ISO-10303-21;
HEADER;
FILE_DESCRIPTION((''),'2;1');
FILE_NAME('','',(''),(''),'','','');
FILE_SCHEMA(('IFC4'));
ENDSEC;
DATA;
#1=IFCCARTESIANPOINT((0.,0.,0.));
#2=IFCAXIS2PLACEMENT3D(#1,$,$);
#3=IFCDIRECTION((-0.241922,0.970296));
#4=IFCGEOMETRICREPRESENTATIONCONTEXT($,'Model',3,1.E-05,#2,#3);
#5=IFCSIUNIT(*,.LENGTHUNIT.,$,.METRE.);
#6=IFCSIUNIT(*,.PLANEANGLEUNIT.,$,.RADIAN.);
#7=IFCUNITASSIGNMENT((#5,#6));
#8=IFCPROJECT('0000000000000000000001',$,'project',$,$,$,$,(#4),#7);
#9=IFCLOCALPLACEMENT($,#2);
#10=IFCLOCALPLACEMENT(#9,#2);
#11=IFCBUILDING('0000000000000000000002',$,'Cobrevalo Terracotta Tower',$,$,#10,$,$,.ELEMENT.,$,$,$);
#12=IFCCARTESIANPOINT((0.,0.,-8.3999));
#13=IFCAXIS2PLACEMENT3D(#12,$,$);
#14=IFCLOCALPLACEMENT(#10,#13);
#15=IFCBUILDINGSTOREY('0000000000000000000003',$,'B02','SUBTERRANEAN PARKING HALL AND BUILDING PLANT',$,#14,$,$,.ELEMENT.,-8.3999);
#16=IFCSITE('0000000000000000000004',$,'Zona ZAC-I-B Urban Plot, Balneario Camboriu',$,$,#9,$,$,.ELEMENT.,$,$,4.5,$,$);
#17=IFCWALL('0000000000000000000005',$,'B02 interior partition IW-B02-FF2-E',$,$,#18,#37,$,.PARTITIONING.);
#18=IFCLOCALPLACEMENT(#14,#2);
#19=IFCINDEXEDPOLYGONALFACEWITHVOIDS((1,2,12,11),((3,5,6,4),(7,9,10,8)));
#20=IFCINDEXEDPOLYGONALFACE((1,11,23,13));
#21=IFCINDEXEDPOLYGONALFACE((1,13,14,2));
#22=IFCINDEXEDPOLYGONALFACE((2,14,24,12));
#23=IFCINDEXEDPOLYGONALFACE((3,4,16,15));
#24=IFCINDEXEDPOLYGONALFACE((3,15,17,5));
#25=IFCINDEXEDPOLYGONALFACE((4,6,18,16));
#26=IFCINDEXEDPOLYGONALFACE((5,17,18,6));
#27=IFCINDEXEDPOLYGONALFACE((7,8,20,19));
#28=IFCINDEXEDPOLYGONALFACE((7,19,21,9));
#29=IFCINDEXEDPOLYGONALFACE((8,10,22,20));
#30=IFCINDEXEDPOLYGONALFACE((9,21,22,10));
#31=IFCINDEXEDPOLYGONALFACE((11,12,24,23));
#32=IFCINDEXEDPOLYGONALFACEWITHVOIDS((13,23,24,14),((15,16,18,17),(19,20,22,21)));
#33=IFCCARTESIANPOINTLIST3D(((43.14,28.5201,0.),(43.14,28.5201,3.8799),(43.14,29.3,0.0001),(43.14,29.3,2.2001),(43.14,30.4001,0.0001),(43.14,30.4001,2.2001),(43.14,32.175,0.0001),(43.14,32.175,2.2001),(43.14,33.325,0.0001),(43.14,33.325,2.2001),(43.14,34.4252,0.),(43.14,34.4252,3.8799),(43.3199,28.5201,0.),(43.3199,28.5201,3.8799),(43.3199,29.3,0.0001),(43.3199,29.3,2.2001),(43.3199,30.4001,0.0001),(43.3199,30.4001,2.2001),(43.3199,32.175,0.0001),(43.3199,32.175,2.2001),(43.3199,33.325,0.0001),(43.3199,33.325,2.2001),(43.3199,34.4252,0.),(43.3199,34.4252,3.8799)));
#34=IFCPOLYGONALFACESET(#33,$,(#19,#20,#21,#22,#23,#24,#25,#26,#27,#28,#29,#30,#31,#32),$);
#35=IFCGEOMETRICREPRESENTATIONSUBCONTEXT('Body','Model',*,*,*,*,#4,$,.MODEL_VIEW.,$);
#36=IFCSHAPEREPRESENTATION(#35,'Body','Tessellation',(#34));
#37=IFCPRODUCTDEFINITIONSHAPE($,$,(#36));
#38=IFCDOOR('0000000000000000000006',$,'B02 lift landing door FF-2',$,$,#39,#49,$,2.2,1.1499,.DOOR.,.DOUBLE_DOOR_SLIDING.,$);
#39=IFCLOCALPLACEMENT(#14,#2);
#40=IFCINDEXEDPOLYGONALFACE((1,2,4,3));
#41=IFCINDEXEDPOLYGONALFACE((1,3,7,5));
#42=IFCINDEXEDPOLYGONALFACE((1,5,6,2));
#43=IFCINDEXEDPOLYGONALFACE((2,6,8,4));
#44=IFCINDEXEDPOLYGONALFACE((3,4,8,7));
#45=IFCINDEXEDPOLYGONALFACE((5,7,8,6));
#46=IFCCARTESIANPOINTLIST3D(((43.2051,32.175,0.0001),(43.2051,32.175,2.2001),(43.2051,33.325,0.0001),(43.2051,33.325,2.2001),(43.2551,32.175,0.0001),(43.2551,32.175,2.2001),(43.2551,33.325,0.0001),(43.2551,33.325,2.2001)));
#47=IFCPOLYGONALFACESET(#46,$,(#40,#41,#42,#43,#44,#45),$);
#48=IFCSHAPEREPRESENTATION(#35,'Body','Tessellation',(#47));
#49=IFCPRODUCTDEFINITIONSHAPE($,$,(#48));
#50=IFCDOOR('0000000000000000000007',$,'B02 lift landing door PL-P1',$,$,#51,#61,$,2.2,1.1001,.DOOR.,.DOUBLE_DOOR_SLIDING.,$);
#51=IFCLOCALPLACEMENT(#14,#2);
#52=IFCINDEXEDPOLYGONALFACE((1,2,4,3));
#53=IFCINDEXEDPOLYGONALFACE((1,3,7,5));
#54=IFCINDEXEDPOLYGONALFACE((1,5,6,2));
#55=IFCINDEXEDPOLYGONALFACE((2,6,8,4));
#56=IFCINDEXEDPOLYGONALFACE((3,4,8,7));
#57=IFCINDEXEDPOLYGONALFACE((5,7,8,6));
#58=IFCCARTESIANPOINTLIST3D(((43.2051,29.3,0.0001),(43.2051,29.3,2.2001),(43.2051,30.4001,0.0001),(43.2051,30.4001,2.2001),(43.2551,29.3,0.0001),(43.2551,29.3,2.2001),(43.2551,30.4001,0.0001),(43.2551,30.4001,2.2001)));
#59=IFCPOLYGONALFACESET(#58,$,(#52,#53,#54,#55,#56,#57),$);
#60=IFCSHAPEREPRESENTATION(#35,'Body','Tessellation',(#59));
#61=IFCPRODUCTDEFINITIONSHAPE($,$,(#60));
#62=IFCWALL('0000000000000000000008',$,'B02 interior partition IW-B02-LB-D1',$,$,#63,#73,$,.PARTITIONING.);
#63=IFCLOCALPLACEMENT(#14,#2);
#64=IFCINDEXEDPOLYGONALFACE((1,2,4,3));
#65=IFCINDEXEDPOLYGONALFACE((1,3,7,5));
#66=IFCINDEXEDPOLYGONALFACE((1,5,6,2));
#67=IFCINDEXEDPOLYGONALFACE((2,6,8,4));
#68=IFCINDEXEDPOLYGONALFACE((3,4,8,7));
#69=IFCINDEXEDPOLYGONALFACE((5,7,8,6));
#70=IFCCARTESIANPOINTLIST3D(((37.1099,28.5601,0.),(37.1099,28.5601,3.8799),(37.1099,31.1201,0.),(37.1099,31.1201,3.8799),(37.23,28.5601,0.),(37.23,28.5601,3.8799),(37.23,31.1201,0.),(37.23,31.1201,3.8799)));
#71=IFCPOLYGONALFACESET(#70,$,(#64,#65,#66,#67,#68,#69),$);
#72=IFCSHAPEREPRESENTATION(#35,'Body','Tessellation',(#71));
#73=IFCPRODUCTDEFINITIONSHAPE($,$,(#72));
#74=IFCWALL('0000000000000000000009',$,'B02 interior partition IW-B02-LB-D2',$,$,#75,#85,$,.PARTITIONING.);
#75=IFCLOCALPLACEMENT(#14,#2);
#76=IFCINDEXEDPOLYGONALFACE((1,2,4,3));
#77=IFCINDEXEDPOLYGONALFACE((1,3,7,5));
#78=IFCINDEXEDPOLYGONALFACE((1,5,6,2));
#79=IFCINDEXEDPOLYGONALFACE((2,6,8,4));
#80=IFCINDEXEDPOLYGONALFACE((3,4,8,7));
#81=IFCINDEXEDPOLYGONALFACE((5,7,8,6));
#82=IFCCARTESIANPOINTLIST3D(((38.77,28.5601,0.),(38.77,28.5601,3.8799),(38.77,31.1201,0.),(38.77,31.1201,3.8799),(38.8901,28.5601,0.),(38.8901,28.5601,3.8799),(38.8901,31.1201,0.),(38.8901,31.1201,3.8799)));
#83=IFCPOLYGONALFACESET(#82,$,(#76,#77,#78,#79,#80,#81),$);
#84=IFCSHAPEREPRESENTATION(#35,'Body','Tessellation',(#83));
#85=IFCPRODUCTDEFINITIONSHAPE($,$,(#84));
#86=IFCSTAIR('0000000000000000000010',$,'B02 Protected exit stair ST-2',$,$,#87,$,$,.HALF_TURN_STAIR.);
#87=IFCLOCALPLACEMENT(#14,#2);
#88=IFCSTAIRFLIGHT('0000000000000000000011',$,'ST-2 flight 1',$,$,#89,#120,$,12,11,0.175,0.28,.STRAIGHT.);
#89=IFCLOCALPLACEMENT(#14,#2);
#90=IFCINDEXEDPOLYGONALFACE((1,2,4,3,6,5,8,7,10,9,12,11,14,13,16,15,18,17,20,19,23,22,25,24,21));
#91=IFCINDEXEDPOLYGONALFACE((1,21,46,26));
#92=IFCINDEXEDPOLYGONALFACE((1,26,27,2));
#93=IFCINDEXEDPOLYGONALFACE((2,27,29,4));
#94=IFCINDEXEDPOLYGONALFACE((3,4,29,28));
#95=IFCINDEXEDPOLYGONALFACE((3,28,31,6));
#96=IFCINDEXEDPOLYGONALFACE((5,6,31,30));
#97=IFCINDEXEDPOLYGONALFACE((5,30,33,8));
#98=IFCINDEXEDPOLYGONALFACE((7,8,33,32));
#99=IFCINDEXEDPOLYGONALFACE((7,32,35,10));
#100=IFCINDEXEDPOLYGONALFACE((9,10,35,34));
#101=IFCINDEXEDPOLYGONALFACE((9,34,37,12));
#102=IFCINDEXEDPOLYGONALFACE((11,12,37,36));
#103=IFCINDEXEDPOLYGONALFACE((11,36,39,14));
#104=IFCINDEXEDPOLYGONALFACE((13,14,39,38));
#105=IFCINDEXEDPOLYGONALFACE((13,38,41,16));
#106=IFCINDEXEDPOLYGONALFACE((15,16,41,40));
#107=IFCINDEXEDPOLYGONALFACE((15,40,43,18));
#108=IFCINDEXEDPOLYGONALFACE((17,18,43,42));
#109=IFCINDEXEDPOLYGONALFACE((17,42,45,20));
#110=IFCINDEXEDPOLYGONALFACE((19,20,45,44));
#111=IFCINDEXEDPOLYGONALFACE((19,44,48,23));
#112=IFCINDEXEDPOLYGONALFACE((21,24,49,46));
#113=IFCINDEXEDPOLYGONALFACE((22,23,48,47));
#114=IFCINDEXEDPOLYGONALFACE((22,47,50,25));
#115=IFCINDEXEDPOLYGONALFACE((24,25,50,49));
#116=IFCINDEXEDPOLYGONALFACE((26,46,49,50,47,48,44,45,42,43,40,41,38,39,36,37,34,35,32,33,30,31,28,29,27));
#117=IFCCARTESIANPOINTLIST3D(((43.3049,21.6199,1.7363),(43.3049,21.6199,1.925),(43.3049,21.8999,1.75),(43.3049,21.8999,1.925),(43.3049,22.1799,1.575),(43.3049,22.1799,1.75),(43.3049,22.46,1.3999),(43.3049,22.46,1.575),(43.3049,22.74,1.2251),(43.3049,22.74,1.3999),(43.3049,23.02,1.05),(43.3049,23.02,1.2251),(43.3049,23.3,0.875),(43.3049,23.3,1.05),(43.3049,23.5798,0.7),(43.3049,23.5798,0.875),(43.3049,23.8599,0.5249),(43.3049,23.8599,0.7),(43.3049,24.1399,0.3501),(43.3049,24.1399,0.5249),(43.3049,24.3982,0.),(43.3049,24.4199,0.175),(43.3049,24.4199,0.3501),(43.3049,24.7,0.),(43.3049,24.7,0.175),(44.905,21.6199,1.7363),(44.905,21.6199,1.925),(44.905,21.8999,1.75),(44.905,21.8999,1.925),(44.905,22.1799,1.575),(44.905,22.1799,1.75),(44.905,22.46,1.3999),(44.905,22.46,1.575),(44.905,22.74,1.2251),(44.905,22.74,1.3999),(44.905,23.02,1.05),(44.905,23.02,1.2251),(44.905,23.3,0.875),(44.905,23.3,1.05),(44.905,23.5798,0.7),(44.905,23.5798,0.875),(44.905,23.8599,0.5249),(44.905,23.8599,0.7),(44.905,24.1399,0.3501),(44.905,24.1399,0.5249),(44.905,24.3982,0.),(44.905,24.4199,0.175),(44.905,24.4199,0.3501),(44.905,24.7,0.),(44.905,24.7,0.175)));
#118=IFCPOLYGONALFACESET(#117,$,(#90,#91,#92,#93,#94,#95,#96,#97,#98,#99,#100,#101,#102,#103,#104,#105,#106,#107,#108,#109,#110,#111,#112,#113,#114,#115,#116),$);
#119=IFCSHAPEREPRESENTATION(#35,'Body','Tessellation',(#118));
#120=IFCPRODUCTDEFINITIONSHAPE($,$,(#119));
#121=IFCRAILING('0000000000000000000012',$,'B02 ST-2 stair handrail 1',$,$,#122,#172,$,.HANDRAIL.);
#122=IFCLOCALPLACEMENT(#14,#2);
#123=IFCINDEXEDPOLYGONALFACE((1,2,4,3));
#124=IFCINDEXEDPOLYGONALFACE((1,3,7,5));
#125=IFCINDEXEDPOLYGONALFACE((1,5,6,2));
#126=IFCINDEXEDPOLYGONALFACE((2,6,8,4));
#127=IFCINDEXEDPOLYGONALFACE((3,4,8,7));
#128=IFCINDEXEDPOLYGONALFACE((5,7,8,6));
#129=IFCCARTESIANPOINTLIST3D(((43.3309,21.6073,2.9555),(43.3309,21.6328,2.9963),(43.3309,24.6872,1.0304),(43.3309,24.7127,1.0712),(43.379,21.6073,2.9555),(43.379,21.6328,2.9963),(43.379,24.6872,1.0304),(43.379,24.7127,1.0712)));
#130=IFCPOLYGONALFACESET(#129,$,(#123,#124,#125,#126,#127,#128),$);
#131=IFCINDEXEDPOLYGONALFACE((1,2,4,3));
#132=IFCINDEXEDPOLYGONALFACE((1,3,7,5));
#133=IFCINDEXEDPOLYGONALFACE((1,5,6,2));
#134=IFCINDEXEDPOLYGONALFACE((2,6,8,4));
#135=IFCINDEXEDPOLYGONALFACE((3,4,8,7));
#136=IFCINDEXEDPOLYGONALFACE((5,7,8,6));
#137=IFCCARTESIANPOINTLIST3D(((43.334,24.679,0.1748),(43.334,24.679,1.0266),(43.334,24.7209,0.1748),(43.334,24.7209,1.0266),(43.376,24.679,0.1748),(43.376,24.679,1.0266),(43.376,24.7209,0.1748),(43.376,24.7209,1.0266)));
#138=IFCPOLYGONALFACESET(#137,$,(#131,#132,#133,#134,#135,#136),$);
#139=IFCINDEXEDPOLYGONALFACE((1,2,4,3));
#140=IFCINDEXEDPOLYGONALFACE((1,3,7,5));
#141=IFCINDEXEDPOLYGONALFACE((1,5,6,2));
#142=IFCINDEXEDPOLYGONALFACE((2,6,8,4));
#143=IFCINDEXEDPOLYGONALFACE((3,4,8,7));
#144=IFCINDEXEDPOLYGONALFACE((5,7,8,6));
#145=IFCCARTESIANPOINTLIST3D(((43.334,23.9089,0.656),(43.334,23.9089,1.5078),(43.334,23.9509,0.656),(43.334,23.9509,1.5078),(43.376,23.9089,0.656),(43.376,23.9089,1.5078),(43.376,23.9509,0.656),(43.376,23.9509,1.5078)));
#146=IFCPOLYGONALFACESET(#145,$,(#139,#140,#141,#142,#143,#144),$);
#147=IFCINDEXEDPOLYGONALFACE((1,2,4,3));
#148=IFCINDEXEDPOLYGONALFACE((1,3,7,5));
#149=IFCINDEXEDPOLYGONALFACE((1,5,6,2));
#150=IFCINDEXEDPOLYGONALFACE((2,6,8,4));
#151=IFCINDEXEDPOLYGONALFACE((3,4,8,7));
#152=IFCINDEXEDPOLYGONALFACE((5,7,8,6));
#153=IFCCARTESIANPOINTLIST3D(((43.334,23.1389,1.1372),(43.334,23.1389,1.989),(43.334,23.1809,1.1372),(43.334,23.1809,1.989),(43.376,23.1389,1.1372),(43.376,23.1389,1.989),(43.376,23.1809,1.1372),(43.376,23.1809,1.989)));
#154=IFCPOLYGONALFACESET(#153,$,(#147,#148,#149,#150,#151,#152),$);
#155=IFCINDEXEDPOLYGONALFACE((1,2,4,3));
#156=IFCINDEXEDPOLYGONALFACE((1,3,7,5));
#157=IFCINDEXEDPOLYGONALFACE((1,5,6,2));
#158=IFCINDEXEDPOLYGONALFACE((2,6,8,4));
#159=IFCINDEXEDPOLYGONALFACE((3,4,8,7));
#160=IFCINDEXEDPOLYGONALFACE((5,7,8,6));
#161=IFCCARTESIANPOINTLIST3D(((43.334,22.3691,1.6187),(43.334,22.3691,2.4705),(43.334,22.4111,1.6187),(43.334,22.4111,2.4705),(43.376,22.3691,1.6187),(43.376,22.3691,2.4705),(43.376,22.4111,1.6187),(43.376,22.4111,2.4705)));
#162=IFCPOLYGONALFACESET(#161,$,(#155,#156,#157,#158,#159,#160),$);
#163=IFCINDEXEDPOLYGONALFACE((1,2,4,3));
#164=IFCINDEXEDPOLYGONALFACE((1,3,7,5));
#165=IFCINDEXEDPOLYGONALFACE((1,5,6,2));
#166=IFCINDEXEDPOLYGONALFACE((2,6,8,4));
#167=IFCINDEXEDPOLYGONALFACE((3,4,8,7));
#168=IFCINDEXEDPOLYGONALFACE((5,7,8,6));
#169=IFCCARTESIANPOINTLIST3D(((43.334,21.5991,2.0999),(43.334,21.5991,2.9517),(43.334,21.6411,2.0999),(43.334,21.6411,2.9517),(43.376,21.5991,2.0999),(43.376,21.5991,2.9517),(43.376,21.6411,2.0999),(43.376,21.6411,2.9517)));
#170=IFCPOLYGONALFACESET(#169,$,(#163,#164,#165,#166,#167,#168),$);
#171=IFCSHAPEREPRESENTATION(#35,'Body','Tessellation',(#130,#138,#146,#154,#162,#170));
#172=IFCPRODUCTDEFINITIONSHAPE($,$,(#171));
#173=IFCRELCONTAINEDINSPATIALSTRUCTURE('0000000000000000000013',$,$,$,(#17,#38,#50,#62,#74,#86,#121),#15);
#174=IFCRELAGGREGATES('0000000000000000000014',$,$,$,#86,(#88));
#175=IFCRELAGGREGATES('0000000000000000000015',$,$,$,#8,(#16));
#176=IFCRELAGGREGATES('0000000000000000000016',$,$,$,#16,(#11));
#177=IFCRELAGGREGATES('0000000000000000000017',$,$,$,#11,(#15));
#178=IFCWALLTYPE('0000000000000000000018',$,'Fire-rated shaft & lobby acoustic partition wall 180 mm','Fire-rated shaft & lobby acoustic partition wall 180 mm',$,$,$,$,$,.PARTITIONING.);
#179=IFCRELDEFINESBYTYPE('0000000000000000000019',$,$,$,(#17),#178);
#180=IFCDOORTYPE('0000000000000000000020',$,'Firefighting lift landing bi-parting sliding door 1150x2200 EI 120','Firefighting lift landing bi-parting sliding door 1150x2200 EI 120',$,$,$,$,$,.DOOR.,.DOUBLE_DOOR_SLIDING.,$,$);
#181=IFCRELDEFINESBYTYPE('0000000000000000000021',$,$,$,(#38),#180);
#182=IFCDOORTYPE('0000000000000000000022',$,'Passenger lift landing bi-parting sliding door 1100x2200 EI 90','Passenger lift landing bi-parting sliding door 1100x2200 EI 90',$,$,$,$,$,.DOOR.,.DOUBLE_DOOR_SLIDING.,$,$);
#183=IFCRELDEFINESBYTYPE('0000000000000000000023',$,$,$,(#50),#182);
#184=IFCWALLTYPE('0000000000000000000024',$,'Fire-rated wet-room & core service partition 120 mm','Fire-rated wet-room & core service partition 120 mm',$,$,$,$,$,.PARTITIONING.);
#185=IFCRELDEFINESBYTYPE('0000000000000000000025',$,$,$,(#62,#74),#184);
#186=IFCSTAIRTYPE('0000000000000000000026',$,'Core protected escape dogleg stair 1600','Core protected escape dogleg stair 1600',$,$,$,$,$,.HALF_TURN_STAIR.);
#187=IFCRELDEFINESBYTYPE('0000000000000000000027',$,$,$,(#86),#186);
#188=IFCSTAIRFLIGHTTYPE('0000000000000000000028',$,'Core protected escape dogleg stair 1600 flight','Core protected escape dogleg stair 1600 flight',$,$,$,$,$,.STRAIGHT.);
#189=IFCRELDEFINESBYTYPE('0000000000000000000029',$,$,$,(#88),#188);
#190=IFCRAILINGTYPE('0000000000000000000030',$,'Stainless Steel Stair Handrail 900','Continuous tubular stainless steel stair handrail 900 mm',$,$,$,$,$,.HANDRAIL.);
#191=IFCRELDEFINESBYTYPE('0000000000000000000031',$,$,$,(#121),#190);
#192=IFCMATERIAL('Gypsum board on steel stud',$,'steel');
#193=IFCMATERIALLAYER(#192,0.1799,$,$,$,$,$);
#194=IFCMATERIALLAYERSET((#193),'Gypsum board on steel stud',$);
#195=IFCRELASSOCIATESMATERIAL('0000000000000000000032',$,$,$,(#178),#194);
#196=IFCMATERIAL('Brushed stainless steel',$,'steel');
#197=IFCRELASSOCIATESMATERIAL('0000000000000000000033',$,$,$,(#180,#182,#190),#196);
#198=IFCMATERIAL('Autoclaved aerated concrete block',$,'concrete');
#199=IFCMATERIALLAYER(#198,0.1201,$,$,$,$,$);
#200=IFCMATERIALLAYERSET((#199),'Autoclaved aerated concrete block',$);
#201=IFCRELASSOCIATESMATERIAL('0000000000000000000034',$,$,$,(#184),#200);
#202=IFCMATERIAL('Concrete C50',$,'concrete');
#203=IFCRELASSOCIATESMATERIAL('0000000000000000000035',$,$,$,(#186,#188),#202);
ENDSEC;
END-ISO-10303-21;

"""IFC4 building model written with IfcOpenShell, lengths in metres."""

from ifc_helpers import new_model, si_unit, direction, frame, frame_2d, origin, origin_2d, place, context, subcontext, project, spatial, polyline, rectangle, outline, extrude, source, transform, mapped, material, layer, layer_set, type_object, element, fill, aggregate, save


model = new_model("IFC4")

# Units and contexts
model_context = context("Model", 3, precision=1e-05, world=origin(), true_north=direction((-0.241922, 0.970296)))
body_context = subcontext(model_context, "Body", "Model", "MODEL_VIEW")
ifc_project = project(units=[si_unit("LENGTHUNIT", "METRE"), si_unit("PLANEANGLEUNIT", "RADIAN")], contexts=[model_context])

# Site, building, storey
site_placement = place(None, origin())
site = spatial("IfcSite", under=ifc_project, at=site_placement, Name="Zona ZAC-I-B Urban Plot, Balneario Camboriu", CompositionType="ELEMENT", RefElevation=4.5)
building_placement = place(site_placement, origin())
building = spatial("IfcBuilding", under=site, at=building_placement, Name="Cobrevalo Terracotta Tower", CompositionType="ELEMENT")
storey_placement = place(building_placement, frame((0.0, 0.0, -8.3999)))
storey = spatial("IfcBuildingStorey", under=building, at=storey_placement, Name="B02", Description="SUBTERRANEAN PARKING HALL AND BUILDING PLANT", CompositionType="ELEMENT", Elevation=-8.3999)

# Shared definitions
ifc_material_1 = material(Name="Concrete C50", Category="concrete")

# Shared definitions
ifc_material_2 = material(Name="Gypsum board on steel stud", Category="steel")

# Shared definitions
ifc_layer_1 = layer(ifc_material_2, 0.1799)
ifc_layer_set_1 = layer_set([ifc_layer_1], Name="Gypsum board on steel stud")
wall_type_1 = type_object("IfcWallType", Name="Fire-rated shaft & lobby acoustic partition wall 180 mm", Description="Fire-rated shaft & lobby acoustic partition wall 180 mm", PredefinedType="PARTITIONING", material=ifc_layer_set_1)

# Wall, openings, doors
wall_1_placement = place(storey_placement, frame((43.23, 28.52, 0.0), z_axis=(0.0, 0.0, 1.0), x_axis=(0.0, 1.0, 0.0)))
wall_1 = element("IfcWall", 1, at=wall_1_placement, inside=storey, type_object=wall_type_1, Name="B02 interior partition IW-B02-FF2-E", PredefinedType="PARTITIONING", context=body_context, shape_type="SweptSolid", body=[
    extrude(rectangle(XDim=5.905, YDim=0.1799, at=frame_2d((2.9526, 0.0))), origin(), (0.0, 0.0, 1.0), 3.8799),
])
opening_1_placement = place(wall_1_placement, frame((3.655, 0.0, 0.0)))
opening_1 = element("IfcOpeningElement", 2, at=opening_1_placement, cuts=wall_1, PredefinedType="OPENING", context=body_context, shape_type="SweptSolid", body=[
    extrude(rectangle(XDim=1.1499, YDim=2.2, at=frame_2d((0.575, 1.1001))), frame((0.0, 0.1001, 0.0), z_axis=(0.0, -1.0, 0.0), x_axis=(1.0, 0.0, 0.0)), (0.0, 0.0, 1.0), 0.2),
])
opening_2_placement = place(wall_1_placement, frame((0.78, 0.0, 0.0)))
opening_2 = element("IfcOpeningElement", 3, at=opening_2_placement, cuts=wall_1, PredefinedType="OPENING", context=body_context, shape_type="SweptSolid", body=[
    extrude(rectangle(XDim=1.1001, YDim=2.2, at=frame_2d((0.55, 1.1001))), frame((0.0, 0.1001, 0.0), z_axis=(0.0, -1.0, 0.0), x_axis=(1.0, 0.0, 0.0)), (0.0, 0.0, 1.0), 0.2),
])
ifc_material_3 = material(Name="Brushed stainless steel", Category="steel")
door_type_1 = type_object("IfcDoorType", Name="Firefighting lift landing bi-parting sliding door 1150x2200 EI 120", Description="Firefighting lift landing bi-parting sliding door 1150x2200 EI 120", OperationType="DOUBLE_DOOR_SLIDING", PredefinedType="DOOR", material=ifc_material_3)
shared_shape_1 = source(origin(), body_context, "Body", "SweptSolid", [
    extrude(rectangle(XDim=1.1499, YDim=2.2, at=frame_2d((0.575, 1.1001))), frame((0.0, 0.0249, 0.0), z_axis=(0.0, -1.0, 0.0), x_axis=(1.0, 0.0, 0.0)), (0.0, 0.0, 1.0), 0.05),
])
door_1_placement = place(opening_1_placement, origin())
door_1 = element("IfcDoor", 4, at=door_1_placement, inside=storey, type_object=door_type_1, Name="B02 lift landing door FF-2", OperationType="DOUBLE_DOOR_SLIDING", OverallHeight=2.2, OverallWidth=1.1499, PredefinedType="DOOR", context=body_context, shape_type="MappedRepresentation", body=[
    mapped(shared_shape_1, transform((0.0, 0.0, 0.0), scale=1.0)),
])
fill(opening_1, door_1)
door_type_2 = type_object("IfcDoorType", Name="Passenger lift landing bi-parting sliding door 1100x2200 EI 90", Description="Passenger lift landing bi-parting sliding door 1100x2200 EI 90", OperationType="DOUBLE_DOOR_SLIDING", PredefinedType="DOOR", material=ifc_material_3)
shared_shape_2 = source(origin(), body_context, "Body", "SweptSolid", [
    extrude(rectangle(XDim=1.1001, YDim=2.2, at=frame_2d((0.55, 1.1001))), frame((0.0, 0.0249, 0.0), z_axis=(0.0, -1.0, 0.0), x_axis=(1.0, 0.0, 0.0)), (0.0, 0.0, 1.0), 0.05),
])
door_2_placement = place(opening_2_placement, origin())
door_2 = element("IfcDoor", 5, at=door_2_placement, inside=storey, type_object=door_type_2, Name="B02 lift landing door PL-P1", OperationType="DOUBLE_DOOR_SLIDING", OverallHeight=2.2, OverallWidth=1.1001, PredefinedType="DOOR", context=body_context, shape_type="MappedRepresentation", body=[
    mapped(shared_shape_2, transform((0.0, 0.0, 0.0), scale=1.0)),
])
fill(opening_2, door_2)

# Walls
ifc_material_4 = material(Name="Autoclaved aerated concrete block", Category="concrete")
ifc_layer_2 = layer(ifc_material_4, 0.1201)
ifc_layer_set_2 = layer_set([ifc_layer_2], Name="Autoclaved aerated concrete block")
wall_type_2 = type_object("IfcWallType", Name="Fire-rated wet-room & core service partition 120 mm", Description="Fire-rated wet-room & core service partition 120 mm", PredefinedType="PARTITIONING", material=ifc_layer_set_2)
for number, where, z_axis, x_axis, name in (
    (6, (37.1699, 28.5601, 0.0), (0.0, 0.0, 1.0), (0.0, 1.0, 0.0), "B02 interior partition IW-B02-LB-D1"),
    (7, (38.8301, 28.5601, 0.0), (0.0, 0.0, 1.0), (0.0, 1.0, 0.0), "B02 interior partition IW-B02-LB-D2"),
):
    element("IfcWall", number, at=place(storey_placement, frame(where, z_axis=z_axis, x_axis=x_axis)), inside=storey, type_object=wall_type_2, Name=name, PredefinedType="PARTITIONING", context=body_context, shape_type="SweptSolid", body=[
        extrude(rectangle(XDim=2.5601, YDim=0.1201, at=frame_2d((1.28, 0.0))), origin(), (0.0, 0.0, 1.0), 3.8799),
    ])

# Stair, stair flight
stair_type = type_object("IfcStairType", Name="Core protected escape dogleg stair 1600", Description="Core protected escape dogleg stair 1600", PredefinedType="HALF_TURN_STAIR", material=ifc_material_1)
stair_placement = place(storey_placement, origin())
stair = element("IfcStair", 8, at=stair_placement, inside=storey, type_object=stair_type, Name="B02 Protected exit stair ST-2", PredefinedType="HALF_TURN_STAIR")
stair_flight_type = type_object("IfcStairFlightType", Name="Core protected escape dogleg stair 1600 flight", Description="Core protected escape dogleg stair 1600 flight", PredefinedType="STRAIGHT", material=ifc_material_1)
stair_flight_placement = place(storey_placement, frame((44.105, 24.7, 0.0), z_axis=(0.0, 0.0, 1.0), x_axis=(0.0, -1.0, 0.0)))
stair_flight = element("IfcStairFlight", 9, at=stair_flight_placement, type_object=stair_flight_type, Name="ST-2 flight 1", NumberOfRisers=12, NumberOfTreads=11, PredefinedType="STRAIGHT", RiserHeight=0.175, TreadLength=0.28, context=body_context, shape_type="SweptSolid", body=[
    extrude(outline(polyline([(0.0, 0.0), (0.0, 0.175), (0.28, 0.175), (0.28, 0.3501), (0.5601, 0.3501), (0.5601, 0.5249), (0.8401, 0.5249), (0.8401, 0.7), (1.1201, 0.7), (1.1201, 0.875), (1.3999, 0.875), (1.3999, 1.05), (1.6799, 1.05), (1.6799, 1.2251), (1.96, 1.2251), (1.96, 1.3999), (2.24, 1.3999), (2.24, 1.575), (2.52, 1.575), (2.52, 1.75), (2.8, 1.75), (2.8, 1.925), (3.0801, 1.925), (3.0801, 2.1001), (3.0801, 1.7363), (0.3018, 0.0), (0.0, 0.0)])), frame((0.0, 0.8, 0.0), z_axis=(0.0, -1.0, 0.0), x_axis=(1.0, 0.0, 0.0)), (0.0, 0.0, 1.0), 1.6001),
])
aggregate(stair, [stair_flight])

# Railing
railing_type_1 = type_object("IfcRailingType", Name="Stainless Steel Stair Handrail 900", Description="Continuous tubular stainless steel stair handrail 900 mm", PredefinedType="HANDRAIL", material=ifc_material_3)
railing_1_placement = place(storey_placement, frame((43.355, 24.7, 0.1748)))
element("IfcRailing", 10, at=railing_1_placement, inside=storey, type_object=railing_type_1, Name="B02 ST-2 stair handrail 1", PredefinedType="HANDRAIL", context=body_context, shape_type="SweptSolid", body=[
    extrude(rectangle(XDim=0.0481, YDim=0.0481, at=origin_2d()), frame((0.0, 0.0, 0.876), z_axis=(0.0, -0.847979, 0.530029), x_axis=(1.0, 0.0, 0.0)), (0.0, 0.0, 1.0), 3.6321),
    extrude(rectangle(XDim=0.042, YDim=0.042, at=origin_2d()), origin(), (0.0, 0.0, 1.0), 0.8518),
    extrude(rectangle(XDim=0.042, YDim=0.042, at=origin_2d()), frame((0.0, -0.77, 0.4812)), (0.0, 0.0, 1.0), 0.8518),
    extrude(rectangle(XDim=0.042, YDim=0.042, at=origin_2d()), frame((0.0, -1.54, 0.9624)), (0.0, 0.0, 1.0), 0.8518),
    extrude(rectangle(XDim=0.042, YDim=0.042, at=origin_2d()), frame((0.0, -2.3098, 1.4438)), (0.0, 0.0, 1.0), 0.8518),
    extrude(rectangle(XDim=0.042, YDim=0.042, at=origin_2d()), frame((0.0, -3.0798, 1.925)), (0.0, 0.0, 1.0), 0.8518),
])

save(model, "model.ifc")
